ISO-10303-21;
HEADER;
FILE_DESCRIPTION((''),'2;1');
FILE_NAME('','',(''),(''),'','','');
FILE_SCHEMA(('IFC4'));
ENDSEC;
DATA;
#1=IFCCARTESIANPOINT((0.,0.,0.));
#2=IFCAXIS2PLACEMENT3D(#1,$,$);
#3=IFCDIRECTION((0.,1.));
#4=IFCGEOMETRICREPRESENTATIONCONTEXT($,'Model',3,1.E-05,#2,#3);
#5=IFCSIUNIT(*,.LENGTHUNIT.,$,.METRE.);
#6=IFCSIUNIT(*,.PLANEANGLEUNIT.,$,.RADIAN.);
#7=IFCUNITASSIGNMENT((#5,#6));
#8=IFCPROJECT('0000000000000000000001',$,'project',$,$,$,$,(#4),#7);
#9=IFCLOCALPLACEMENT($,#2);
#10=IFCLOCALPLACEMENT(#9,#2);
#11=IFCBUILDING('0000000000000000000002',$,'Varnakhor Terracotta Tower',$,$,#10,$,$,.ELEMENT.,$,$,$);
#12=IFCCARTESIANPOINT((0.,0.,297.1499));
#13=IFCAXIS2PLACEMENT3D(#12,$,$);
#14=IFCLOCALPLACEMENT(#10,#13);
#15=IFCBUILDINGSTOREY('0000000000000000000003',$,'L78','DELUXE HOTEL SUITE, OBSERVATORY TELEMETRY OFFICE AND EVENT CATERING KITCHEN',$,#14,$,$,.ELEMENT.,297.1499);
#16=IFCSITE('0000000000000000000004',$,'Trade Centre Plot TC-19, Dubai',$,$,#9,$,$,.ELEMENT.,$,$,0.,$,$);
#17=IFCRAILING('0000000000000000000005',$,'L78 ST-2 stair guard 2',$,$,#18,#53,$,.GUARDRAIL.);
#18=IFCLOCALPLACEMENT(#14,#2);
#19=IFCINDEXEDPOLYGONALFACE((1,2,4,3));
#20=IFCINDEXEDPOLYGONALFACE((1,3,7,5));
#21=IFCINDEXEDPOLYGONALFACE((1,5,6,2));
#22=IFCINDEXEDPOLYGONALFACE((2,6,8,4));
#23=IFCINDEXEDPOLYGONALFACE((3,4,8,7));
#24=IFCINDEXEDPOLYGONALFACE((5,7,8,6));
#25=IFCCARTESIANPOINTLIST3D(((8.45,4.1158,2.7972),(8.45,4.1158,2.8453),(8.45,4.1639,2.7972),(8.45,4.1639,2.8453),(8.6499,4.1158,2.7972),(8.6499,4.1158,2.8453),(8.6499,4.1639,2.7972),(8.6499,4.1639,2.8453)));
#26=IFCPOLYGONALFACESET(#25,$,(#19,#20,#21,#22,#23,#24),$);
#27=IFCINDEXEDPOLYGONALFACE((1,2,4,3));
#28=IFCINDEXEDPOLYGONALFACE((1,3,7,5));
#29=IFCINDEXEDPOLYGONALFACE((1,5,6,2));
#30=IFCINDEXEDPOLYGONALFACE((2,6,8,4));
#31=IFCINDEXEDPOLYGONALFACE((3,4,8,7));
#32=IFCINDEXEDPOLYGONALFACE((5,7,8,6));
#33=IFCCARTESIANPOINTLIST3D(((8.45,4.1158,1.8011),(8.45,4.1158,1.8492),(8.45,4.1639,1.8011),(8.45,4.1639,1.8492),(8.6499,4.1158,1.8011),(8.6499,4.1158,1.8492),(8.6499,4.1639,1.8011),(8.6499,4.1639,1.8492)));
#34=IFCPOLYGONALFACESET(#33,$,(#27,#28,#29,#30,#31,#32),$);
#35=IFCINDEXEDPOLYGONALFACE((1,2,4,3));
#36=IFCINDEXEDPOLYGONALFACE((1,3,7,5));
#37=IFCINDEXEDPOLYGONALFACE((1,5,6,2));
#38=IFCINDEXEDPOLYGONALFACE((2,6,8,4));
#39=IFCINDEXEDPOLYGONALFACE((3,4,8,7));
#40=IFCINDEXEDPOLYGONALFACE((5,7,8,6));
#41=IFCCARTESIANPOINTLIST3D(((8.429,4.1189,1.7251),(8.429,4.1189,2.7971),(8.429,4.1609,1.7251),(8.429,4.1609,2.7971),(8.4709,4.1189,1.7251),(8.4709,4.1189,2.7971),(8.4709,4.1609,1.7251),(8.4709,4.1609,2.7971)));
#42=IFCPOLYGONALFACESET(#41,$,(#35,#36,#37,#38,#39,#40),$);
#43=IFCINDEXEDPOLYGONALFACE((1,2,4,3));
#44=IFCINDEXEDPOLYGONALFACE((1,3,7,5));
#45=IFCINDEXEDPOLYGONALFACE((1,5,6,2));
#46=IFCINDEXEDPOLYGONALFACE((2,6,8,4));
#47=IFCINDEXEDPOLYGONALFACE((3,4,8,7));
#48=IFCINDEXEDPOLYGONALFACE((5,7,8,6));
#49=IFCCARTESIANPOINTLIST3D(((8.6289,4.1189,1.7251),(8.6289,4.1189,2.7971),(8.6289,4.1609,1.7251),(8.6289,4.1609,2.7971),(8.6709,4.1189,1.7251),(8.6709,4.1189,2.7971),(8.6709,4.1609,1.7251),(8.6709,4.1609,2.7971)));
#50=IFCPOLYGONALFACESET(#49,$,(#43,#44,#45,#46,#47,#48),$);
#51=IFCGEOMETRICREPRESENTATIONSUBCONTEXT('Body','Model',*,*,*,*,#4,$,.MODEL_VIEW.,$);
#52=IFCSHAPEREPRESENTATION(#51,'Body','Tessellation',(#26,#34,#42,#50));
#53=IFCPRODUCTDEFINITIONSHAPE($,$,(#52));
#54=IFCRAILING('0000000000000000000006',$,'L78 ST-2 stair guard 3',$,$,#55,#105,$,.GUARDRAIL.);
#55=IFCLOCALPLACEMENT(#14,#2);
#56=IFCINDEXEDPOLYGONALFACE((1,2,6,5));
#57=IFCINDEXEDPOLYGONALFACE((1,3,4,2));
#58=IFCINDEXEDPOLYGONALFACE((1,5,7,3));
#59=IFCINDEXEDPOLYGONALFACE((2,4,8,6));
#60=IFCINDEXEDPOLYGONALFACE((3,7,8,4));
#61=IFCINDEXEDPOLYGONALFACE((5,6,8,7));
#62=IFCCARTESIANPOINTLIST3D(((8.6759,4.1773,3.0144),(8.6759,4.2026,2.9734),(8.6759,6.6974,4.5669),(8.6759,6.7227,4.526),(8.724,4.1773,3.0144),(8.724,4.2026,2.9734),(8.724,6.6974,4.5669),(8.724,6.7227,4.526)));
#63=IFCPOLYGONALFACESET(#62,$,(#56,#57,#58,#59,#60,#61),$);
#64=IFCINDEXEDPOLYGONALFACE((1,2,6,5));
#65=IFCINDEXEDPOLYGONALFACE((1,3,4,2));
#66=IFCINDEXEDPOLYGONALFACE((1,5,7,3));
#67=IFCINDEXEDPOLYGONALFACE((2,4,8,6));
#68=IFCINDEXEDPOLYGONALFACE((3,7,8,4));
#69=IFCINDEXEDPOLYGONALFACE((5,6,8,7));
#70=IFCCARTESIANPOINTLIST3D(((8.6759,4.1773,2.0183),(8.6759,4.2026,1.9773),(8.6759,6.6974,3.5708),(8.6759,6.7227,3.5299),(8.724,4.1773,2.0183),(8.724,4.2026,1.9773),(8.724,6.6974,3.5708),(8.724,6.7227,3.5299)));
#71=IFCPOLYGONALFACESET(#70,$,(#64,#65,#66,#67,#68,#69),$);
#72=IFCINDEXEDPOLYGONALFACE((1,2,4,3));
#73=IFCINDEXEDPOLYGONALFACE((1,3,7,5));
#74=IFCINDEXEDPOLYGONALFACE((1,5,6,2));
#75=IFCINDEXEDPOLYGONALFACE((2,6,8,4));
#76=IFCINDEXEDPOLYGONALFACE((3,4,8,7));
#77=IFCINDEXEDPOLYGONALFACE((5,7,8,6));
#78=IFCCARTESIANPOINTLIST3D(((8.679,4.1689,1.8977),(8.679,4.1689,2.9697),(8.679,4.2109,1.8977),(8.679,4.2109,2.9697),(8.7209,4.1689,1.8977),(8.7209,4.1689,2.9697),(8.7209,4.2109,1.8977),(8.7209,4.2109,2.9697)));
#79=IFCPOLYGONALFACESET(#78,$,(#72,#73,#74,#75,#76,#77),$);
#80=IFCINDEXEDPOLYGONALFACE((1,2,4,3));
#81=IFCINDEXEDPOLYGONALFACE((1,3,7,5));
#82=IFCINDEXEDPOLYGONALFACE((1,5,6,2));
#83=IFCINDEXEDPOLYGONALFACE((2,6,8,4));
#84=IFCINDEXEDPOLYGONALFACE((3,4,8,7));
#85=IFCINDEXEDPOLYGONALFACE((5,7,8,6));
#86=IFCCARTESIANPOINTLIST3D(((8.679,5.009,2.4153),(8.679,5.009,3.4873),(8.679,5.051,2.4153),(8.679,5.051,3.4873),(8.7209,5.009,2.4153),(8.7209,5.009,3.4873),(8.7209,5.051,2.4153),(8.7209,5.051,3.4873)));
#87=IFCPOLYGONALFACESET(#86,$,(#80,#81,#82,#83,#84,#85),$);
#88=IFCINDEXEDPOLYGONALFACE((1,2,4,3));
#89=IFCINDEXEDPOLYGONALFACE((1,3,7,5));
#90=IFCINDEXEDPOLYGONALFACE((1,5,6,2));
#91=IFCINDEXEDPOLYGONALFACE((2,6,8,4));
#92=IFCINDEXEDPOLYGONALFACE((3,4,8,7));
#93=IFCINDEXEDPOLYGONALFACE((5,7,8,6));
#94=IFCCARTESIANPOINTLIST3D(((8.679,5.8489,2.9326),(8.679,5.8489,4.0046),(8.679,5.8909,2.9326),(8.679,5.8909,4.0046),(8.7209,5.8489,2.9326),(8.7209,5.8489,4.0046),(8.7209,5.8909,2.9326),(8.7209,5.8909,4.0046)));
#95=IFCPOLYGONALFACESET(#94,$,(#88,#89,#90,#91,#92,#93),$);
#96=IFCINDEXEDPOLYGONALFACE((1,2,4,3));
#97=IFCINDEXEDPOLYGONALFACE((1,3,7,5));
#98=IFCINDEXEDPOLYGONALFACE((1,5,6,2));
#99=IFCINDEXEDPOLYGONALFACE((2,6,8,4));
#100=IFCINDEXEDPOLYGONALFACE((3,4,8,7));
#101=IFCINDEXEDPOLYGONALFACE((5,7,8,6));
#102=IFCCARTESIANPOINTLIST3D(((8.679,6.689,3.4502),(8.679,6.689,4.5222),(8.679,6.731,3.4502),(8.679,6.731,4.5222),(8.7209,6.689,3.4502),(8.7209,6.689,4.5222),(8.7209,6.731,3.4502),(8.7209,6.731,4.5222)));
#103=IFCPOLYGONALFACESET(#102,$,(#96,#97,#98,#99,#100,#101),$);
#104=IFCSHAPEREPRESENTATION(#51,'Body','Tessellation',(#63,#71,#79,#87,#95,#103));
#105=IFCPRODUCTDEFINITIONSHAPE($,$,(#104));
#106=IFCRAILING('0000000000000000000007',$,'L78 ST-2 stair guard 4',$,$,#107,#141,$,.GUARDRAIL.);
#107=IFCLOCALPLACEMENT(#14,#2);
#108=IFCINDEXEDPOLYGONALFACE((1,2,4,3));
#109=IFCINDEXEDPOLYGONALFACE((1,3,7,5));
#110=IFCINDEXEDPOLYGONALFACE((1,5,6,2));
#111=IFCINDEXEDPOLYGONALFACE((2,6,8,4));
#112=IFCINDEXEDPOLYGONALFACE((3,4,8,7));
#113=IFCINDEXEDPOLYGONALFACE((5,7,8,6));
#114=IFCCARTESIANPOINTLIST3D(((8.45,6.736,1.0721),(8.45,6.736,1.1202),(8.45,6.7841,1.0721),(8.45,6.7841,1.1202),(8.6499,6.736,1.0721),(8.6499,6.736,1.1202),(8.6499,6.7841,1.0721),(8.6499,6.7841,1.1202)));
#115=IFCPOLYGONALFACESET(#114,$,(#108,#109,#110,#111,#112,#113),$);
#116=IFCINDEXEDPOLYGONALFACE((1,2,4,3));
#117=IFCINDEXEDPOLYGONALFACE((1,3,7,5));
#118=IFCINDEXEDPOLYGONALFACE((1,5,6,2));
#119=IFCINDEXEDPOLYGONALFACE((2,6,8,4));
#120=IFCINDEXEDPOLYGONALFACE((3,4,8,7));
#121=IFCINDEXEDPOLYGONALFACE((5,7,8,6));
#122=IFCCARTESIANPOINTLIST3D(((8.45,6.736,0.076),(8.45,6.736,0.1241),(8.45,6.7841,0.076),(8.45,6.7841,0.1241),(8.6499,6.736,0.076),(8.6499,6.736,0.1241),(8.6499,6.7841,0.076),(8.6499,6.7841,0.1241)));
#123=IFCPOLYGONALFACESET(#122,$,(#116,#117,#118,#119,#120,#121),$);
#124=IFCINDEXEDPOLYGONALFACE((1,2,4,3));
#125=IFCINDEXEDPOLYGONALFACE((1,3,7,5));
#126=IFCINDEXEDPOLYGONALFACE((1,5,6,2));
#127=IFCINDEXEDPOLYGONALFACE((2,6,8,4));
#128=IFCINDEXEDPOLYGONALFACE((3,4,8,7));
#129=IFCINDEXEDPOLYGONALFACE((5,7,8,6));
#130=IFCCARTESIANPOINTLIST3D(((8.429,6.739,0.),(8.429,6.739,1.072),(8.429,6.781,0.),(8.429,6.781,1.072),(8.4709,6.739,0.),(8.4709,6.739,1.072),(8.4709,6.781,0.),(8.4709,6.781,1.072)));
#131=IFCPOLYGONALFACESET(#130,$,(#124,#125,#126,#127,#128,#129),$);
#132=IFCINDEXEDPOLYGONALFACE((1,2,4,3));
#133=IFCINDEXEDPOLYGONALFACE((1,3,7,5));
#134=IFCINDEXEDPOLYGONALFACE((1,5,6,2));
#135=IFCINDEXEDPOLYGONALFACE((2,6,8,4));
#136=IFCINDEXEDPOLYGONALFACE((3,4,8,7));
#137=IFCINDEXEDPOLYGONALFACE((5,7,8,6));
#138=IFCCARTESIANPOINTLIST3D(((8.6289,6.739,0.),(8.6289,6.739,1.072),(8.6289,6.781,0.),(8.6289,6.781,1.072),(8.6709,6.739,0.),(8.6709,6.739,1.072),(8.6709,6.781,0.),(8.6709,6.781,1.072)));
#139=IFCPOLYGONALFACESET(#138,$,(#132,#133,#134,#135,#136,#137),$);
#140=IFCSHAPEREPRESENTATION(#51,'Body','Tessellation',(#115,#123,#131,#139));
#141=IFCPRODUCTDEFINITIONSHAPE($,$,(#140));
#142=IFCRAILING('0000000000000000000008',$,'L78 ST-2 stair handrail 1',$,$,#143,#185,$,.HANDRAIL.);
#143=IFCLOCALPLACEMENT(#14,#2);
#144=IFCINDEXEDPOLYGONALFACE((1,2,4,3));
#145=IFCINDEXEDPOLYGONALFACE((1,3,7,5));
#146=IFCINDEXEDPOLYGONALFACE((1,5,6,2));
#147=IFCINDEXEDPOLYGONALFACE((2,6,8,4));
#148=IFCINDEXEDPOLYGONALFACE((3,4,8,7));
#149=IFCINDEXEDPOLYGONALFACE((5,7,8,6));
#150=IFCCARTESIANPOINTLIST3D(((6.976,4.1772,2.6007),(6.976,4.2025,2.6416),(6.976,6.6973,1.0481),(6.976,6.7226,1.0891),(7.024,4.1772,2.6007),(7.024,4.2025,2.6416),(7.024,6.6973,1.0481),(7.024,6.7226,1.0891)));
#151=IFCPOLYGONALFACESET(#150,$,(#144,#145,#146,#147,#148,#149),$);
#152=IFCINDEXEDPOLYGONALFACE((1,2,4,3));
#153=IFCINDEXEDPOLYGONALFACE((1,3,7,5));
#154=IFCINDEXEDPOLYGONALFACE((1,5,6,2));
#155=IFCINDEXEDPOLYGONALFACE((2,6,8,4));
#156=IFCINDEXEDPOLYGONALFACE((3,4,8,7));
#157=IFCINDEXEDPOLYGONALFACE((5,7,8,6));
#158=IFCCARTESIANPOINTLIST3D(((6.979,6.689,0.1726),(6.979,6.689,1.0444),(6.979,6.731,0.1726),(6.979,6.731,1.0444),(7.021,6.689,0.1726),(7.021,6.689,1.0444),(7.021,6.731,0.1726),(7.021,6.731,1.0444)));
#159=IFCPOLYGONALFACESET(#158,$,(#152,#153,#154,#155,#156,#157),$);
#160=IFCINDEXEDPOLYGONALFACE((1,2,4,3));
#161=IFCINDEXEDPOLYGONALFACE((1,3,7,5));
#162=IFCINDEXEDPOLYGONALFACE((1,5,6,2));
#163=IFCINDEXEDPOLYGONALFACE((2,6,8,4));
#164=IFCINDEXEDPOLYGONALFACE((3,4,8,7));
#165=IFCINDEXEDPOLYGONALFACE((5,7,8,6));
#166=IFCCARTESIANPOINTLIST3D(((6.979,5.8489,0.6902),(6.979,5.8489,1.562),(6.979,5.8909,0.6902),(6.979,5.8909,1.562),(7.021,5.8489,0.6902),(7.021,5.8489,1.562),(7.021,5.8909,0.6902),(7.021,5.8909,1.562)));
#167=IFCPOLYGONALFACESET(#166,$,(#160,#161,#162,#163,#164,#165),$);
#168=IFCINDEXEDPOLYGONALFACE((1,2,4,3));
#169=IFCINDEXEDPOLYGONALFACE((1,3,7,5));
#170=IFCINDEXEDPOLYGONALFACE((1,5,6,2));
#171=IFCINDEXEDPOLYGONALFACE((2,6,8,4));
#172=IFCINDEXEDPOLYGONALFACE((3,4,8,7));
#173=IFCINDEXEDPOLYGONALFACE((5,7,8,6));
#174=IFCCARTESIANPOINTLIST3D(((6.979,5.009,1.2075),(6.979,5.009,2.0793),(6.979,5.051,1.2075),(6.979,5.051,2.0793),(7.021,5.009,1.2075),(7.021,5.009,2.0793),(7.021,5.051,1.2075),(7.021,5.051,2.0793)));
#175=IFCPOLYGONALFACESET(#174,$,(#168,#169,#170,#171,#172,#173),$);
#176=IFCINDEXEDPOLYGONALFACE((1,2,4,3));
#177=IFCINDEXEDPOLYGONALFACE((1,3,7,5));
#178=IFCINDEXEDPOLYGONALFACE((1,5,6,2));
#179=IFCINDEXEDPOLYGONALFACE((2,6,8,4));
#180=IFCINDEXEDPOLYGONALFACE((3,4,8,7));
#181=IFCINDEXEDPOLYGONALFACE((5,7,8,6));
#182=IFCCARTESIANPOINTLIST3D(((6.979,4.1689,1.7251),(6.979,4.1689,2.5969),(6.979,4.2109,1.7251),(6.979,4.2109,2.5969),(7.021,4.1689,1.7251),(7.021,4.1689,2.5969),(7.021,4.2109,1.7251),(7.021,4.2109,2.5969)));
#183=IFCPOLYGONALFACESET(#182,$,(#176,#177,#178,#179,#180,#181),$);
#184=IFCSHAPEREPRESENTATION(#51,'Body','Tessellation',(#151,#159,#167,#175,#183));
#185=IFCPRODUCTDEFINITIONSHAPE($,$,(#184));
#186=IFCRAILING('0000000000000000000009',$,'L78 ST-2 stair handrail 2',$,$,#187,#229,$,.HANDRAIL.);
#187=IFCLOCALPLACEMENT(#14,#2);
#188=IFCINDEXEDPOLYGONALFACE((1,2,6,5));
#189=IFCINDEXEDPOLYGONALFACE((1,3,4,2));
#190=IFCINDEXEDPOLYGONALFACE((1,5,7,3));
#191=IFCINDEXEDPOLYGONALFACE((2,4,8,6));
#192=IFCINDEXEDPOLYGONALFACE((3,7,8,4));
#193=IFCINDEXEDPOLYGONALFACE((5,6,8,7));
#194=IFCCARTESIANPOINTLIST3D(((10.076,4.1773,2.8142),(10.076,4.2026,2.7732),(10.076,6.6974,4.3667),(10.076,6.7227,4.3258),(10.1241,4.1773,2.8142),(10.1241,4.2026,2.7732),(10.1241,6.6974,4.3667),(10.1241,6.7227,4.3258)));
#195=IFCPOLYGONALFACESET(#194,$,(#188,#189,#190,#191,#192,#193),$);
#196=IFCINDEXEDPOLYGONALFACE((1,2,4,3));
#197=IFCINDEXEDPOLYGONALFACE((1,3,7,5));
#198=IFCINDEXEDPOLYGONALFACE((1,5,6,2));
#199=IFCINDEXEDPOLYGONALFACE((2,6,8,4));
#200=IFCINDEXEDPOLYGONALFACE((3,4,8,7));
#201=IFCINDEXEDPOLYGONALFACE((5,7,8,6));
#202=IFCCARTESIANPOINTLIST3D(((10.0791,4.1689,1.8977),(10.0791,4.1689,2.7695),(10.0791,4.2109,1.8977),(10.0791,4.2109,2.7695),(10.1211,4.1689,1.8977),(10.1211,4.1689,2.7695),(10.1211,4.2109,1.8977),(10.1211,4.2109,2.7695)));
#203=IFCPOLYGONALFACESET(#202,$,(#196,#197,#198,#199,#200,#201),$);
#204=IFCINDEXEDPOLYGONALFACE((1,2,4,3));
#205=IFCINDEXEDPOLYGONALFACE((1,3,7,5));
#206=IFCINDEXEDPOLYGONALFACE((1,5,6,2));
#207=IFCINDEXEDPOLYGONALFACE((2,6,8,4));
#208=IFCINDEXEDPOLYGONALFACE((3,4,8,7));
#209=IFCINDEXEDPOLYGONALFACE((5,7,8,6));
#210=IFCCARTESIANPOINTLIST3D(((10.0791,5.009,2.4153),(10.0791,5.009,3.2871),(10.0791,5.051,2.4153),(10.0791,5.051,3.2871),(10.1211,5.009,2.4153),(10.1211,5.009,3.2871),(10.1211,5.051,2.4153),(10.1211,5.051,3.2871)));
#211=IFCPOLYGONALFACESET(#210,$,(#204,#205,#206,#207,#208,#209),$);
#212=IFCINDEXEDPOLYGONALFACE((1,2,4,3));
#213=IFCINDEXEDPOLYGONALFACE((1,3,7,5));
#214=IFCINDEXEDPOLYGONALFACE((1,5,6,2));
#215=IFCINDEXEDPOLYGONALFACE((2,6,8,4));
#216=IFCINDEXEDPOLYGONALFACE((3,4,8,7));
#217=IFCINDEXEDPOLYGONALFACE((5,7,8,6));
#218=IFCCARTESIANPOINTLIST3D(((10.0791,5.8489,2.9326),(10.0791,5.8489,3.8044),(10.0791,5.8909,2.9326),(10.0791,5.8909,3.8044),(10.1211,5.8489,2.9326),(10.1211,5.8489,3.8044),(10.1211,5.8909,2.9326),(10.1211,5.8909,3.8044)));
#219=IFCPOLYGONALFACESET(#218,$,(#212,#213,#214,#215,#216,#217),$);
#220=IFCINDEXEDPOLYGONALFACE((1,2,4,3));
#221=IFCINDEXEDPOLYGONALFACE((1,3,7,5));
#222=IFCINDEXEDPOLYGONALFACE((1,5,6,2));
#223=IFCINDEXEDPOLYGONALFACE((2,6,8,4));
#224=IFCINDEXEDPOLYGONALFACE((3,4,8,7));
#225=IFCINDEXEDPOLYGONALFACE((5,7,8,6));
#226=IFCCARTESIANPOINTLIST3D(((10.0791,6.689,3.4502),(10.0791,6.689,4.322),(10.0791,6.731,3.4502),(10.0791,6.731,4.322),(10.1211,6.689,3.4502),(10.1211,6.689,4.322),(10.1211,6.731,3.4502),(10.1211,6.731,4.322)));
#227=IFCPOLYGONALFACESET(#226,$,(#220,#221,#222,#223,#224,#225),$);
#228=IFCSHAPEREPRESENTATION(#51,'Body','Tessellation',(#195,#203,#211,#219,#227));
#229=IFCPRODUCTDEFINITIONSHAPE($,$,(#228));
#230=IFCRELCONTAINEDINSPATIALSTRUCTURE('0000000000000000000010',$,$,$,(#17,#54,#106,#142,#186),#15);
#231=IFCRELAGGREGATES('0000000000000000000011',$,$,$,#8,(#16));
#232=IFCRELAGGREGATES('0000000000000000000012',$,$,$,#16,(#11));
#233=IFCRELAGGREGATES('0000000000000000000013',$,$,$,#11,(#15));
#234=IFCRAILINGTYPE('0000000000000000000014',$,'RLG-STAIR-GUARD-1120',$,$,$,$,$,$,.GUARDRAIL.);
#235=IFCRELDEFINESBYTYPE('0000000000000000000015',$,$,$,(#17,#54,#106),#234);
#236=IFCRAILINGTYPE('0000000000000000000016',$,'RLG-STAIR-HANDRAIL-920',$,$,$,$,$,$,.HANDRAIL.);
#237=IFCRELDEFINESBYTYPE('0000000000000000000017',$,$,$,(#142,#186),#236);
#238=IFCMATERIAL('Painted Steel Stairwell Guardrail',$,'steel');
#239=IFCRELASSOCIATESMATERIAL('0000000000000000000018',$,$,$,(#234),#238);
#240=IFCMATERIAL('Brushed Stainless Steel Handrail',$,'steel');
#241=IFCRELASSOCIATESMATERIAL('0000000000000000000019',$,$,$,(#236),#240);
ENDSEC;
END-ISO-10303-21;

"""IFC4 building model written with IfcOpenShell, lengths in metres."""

from ifc_helpers import new_model, si_unit, direction, frame, origin, origin_2d, place, context, subcontext, project, spatial, rectangle, extrude, material, type_object, element, save


model = new_model("IFC4")

# Units and contexts
model_context = context("Model", 3, precision=1e-05, world=origin(), true_north=direction((0.0, 1.0)))
body_context = subcontext(model_context, "Body", "Model", "MODEL_VIEW")
ifc_project = project(units=[si_unit("LENGTHUNIT", "METRE"), si_unit("PLANEANGLEUNIT", "RADIAN")], contexts=[model_context])

# Site, building, storey
site_placement = place(None, origin())
site = spatial("IfcSite", under=ifc_project, at=site_placement, Name="Trade Centre Plot TC-19, Dubai", CompositionType="ELEMENT", RefElevation=0.0)
building_placement = place(site_placement, origin())
building = spatial("IfcBuilding", under=site, at=building_placement, Name="Varnakhor Terracotta Tower", CompositionType="ELEMENT")
storey_placement = place(building_placement, frame((0.0, 0.0, 297.1499)))
storey = spatial("IfcBuildingStorey", under=building, at=storey_placement, Name="L78", Description="DELUXE HOTEL SUITE, OBSERVATORY TELEMETRY OFFICE AND EVENT CATERING KITCHEN", CompositionType="ELEMENT", Elevation=297.1499)

# Railings
ifc_material_1 = material(Name="Painted Steel Stairwell Guardrail", Category="steel")
railing_type_1 = type_object("IfcRailingType", Name="RLG-STAIR-GUARD-1120", PredefinedType="GUARDRAIL", material=ifc_material_1)
railing_1_placement = place(storey_placement, frame((8.45, 4.1399, 1.7251)))
element("IfcRailing", 1, at=railing_1_placement, inside=storey, type_object=railing_type_1, Name="L78 ST-2 stair guard 2", PredefinedType="GUARDRAIL", context=body_context, shape_type="SweptSolid", body=[
    extrude(rectangle(XDim=0.0481, YDim=0.0481, at=origin_2d()), frame((0.0, 0.0, 1.0962), z_axis=(1.0, 0.0, 0.0), x_axis=(0.0, 1.0, 0.0)), (0.0, 0.0, 1.0), 0.2),
    extrude(rectangle(XDim=0.0481, YDim=0.0481, at=origin_2d()), frame((0.0, 0.0, 0.1001), z_axis=(1.0, 0.0, 0.0), x_axis=(0.0, 1.0, 0.0)), (0.0, 0.0, 1.0), 0.2),
    extrude(rectangle(XDim=0.042, YDim=0.042, at=origin_2d()), origin(), (0.0, 0.0, 1.0), 1.072),
    extrude(rectangle(XDim=0.042, YDim=0.042, at=origin_2d()), frame((0.2, 0.0, 0.0)), (0.0, 0.0, 1.0), 1.072),
])
railing_2_placement = place(storey_placement, frame((8.7, 4.1899, 1.8977)))
element("IfcRailing", 2, at=railing_2_placement, inside=storey, type_object=railing_type_1, Name="L78 ST-2 stair guard 3", PredefinedType="GUARDRAIL", context=body_context, shape_type="SweptSolid", body=[
    extrude(rectangle(XDim=0.0481, YDim=0.0481, at=origin_2d()), frame((0.0, 0.0, 1.0962), z_axis=(0.0, 0.8514, 0.524516), x_axis=(-1.0, 0.0, 0.0)), (0.0, 0.0, 1.0), 2.96),
    extrude(rectangle(XDim=0.0481, YDim=0.0481, at=origin_2d()), frame((0.0, 0.0, 0.1001), z_axis=(0.0, 0.8514, 0.524516), x_axis=(-1.0, 0.0, 0.0)), (0.0, 0.0, 1.0), 2.96),
    extrude(rectangle(XDim=0.042, YDim=0.042, at=origin_2d()), origin(), (0.0, 0.0, 1.0), 1.072),
    extrude(rectangle(XDim=0.042, YDim=0.042, at=origin_2d()), frame((0.0, 0.8401, 0.5176)), (0.0, 0.0, 1.0), 1.072),
    extrude(rectangle(XDim=0.042, YDim=0.042, at=origin_2d()), frame((0.0, 1.6799, 1.0349)), (0.0, 0.0, 1.0), 1.072),
    extrude(rectangle(XDim=0.042, YDim=0.042, at=origin_2d()), frame((0.0, 2.52, 1.5525)), (0.0, 0.0, 1.0), 1.072),
])
railing_3_placement = place(storey_placement, frame((8.45, 6.76, 0.0)))
element("IfcRailing", 3, at=railing_3_placement, inside=storey, type_object=railing_type_1, Name="L78 ST-2 stair guard 4", PredefinedType="GUARDRAIL", context=body_context, shape_type="SweptSolid", body=[
    extrude(rectangle(XDim=0.0481, YDim=0.0481, at=origin_2d()), frame((0.0, 0.0, 1.0962), z_axis=(1.0, 0.0, 0.0), x_axis=(0.0, 1.0, 0.0)), (0.0, 0.0, 1.0), 0.2),
    extrude(rectangle(XDim=0.0481, YDim=0.0481, at=origin_2d()), frame((0.0, 0.0, 0.1001), z_axis=(1.0, 0.0, 0.0), x_axis=(0.0, 1.0, 0.0)), (0.0, 0.0, 1.0), 0.2),
    extrude(rectangle(XDim=0.042, YDim=0.042, at=origin_2d()), origin(), (0.0, 0.0, 1.0), 1.072),
    extrude(rectangle(XDim=0.042, YDim=0.042, at=origin_2d()), frame((0.2, 0.0, 0.0)), (0.0, 0.0, 1.0), 1.072),
])
ifc_material_2 = material(Name="Brushed Stainless Steel Handrail", Category="steel")
railing_type_2 = type_object("IfcRailingType", Name="RLG-STAIR-HANDRAIL-920", PredefinedType="HANDRAIL", material=ifc_material_2)
railing_4_placement = place(storey_placement, frame((7.0, 6.71, 0.1726)))
element("IfcRailing", 4, at=railing_4_placement, inside=storey, type_object=railing_type_2, Name="L78 ST-2 stair handrail 1", PredefinedType="HANDRAIL", context=body_context, shape_type="SweptSolid", body=[
    extrude(rectangle(XDim=0.0481, YDim=0.0481, at=origin_2d()), frame((0.0, 0.0, 0.896), z_axis=(0.0, -0.8514, 0.524516), x_axis=(1.0, 0.0, 0.0)), (0.0, 0.0, 1.0), 2.96),
    extrude(rectangle(XDim=0.042, YDim=0.042, at=origin_2d()), origin(), (0.0, 0.0, 1.0), 0.8718),
    extrude(rectangle(XDim=0.042, YDim=0.042, at=origin_2d()), frame((0.0, -0.8401, 0.5176)), (0.0, 0.0, 1.0), 0.8718),
    extrude(rectangle(XDim=0.042, YDim=0.042, at=origin_2d()), frame((0.0, -1.6799, 1.0349)), (0.0, 0.0, 1.0), 0.8718),
    extrude(rectangle(XDim=0.042, YDim=0.042, at=origin_2d()), frame((0.0, -2.52, 1.5525)), (0.0, 0.0, 1.0), 0.8718),
])
railing_5_placement = place(storey_placement, frame((10.1001, 4.1899, 1.8977)))
element("IfcRailing", 5, at=railing_5_placement, inside=storey, type_object=railing_type_2, Name="L78 ST-2 stair handrail 2", PredefinedType="HANDRAIL", context=body_context, shape_type="SweptSolid", body=[
    extrude(rectangle(XDim=0.0481, YDim=0.0481, at=origin_2d()), frame((0.0, 0.0, 0.896), z_axis=(0.0, 0.8514, 0.524516), x_axis=(-1.0, 0.0, 0.0)), (0.0, 0.0, 1.0), 2.96),
    extrude(rectangle(XDim=0.042, YDim=0.042, at=origin_2d()), origin(), (0.0, 0.0, 1.0), 0.8718),
    extrude(rectangle(XDim=0.042, YDim=0.042, at=origin_2d()), frame((0.0, 0.8401, 0.5176)), (0.0, 0.0, 1.0), 0.8718),
    extrude(rectangle(XDim=0.042, YDim=0.042, at=origin_2d()), frame((0.0, 1.6799, 1.0349)), (0.0, 0.0, 1.0), 0.8718),
    extrude(rectangle(XDim=0.042, YDim=0.042, at=origin_2d()), frame((0.0, 2.52, 1.5525)), (0.0, 0.0, 1.0), 0.8718),
])

save(model, "model.ifc")
